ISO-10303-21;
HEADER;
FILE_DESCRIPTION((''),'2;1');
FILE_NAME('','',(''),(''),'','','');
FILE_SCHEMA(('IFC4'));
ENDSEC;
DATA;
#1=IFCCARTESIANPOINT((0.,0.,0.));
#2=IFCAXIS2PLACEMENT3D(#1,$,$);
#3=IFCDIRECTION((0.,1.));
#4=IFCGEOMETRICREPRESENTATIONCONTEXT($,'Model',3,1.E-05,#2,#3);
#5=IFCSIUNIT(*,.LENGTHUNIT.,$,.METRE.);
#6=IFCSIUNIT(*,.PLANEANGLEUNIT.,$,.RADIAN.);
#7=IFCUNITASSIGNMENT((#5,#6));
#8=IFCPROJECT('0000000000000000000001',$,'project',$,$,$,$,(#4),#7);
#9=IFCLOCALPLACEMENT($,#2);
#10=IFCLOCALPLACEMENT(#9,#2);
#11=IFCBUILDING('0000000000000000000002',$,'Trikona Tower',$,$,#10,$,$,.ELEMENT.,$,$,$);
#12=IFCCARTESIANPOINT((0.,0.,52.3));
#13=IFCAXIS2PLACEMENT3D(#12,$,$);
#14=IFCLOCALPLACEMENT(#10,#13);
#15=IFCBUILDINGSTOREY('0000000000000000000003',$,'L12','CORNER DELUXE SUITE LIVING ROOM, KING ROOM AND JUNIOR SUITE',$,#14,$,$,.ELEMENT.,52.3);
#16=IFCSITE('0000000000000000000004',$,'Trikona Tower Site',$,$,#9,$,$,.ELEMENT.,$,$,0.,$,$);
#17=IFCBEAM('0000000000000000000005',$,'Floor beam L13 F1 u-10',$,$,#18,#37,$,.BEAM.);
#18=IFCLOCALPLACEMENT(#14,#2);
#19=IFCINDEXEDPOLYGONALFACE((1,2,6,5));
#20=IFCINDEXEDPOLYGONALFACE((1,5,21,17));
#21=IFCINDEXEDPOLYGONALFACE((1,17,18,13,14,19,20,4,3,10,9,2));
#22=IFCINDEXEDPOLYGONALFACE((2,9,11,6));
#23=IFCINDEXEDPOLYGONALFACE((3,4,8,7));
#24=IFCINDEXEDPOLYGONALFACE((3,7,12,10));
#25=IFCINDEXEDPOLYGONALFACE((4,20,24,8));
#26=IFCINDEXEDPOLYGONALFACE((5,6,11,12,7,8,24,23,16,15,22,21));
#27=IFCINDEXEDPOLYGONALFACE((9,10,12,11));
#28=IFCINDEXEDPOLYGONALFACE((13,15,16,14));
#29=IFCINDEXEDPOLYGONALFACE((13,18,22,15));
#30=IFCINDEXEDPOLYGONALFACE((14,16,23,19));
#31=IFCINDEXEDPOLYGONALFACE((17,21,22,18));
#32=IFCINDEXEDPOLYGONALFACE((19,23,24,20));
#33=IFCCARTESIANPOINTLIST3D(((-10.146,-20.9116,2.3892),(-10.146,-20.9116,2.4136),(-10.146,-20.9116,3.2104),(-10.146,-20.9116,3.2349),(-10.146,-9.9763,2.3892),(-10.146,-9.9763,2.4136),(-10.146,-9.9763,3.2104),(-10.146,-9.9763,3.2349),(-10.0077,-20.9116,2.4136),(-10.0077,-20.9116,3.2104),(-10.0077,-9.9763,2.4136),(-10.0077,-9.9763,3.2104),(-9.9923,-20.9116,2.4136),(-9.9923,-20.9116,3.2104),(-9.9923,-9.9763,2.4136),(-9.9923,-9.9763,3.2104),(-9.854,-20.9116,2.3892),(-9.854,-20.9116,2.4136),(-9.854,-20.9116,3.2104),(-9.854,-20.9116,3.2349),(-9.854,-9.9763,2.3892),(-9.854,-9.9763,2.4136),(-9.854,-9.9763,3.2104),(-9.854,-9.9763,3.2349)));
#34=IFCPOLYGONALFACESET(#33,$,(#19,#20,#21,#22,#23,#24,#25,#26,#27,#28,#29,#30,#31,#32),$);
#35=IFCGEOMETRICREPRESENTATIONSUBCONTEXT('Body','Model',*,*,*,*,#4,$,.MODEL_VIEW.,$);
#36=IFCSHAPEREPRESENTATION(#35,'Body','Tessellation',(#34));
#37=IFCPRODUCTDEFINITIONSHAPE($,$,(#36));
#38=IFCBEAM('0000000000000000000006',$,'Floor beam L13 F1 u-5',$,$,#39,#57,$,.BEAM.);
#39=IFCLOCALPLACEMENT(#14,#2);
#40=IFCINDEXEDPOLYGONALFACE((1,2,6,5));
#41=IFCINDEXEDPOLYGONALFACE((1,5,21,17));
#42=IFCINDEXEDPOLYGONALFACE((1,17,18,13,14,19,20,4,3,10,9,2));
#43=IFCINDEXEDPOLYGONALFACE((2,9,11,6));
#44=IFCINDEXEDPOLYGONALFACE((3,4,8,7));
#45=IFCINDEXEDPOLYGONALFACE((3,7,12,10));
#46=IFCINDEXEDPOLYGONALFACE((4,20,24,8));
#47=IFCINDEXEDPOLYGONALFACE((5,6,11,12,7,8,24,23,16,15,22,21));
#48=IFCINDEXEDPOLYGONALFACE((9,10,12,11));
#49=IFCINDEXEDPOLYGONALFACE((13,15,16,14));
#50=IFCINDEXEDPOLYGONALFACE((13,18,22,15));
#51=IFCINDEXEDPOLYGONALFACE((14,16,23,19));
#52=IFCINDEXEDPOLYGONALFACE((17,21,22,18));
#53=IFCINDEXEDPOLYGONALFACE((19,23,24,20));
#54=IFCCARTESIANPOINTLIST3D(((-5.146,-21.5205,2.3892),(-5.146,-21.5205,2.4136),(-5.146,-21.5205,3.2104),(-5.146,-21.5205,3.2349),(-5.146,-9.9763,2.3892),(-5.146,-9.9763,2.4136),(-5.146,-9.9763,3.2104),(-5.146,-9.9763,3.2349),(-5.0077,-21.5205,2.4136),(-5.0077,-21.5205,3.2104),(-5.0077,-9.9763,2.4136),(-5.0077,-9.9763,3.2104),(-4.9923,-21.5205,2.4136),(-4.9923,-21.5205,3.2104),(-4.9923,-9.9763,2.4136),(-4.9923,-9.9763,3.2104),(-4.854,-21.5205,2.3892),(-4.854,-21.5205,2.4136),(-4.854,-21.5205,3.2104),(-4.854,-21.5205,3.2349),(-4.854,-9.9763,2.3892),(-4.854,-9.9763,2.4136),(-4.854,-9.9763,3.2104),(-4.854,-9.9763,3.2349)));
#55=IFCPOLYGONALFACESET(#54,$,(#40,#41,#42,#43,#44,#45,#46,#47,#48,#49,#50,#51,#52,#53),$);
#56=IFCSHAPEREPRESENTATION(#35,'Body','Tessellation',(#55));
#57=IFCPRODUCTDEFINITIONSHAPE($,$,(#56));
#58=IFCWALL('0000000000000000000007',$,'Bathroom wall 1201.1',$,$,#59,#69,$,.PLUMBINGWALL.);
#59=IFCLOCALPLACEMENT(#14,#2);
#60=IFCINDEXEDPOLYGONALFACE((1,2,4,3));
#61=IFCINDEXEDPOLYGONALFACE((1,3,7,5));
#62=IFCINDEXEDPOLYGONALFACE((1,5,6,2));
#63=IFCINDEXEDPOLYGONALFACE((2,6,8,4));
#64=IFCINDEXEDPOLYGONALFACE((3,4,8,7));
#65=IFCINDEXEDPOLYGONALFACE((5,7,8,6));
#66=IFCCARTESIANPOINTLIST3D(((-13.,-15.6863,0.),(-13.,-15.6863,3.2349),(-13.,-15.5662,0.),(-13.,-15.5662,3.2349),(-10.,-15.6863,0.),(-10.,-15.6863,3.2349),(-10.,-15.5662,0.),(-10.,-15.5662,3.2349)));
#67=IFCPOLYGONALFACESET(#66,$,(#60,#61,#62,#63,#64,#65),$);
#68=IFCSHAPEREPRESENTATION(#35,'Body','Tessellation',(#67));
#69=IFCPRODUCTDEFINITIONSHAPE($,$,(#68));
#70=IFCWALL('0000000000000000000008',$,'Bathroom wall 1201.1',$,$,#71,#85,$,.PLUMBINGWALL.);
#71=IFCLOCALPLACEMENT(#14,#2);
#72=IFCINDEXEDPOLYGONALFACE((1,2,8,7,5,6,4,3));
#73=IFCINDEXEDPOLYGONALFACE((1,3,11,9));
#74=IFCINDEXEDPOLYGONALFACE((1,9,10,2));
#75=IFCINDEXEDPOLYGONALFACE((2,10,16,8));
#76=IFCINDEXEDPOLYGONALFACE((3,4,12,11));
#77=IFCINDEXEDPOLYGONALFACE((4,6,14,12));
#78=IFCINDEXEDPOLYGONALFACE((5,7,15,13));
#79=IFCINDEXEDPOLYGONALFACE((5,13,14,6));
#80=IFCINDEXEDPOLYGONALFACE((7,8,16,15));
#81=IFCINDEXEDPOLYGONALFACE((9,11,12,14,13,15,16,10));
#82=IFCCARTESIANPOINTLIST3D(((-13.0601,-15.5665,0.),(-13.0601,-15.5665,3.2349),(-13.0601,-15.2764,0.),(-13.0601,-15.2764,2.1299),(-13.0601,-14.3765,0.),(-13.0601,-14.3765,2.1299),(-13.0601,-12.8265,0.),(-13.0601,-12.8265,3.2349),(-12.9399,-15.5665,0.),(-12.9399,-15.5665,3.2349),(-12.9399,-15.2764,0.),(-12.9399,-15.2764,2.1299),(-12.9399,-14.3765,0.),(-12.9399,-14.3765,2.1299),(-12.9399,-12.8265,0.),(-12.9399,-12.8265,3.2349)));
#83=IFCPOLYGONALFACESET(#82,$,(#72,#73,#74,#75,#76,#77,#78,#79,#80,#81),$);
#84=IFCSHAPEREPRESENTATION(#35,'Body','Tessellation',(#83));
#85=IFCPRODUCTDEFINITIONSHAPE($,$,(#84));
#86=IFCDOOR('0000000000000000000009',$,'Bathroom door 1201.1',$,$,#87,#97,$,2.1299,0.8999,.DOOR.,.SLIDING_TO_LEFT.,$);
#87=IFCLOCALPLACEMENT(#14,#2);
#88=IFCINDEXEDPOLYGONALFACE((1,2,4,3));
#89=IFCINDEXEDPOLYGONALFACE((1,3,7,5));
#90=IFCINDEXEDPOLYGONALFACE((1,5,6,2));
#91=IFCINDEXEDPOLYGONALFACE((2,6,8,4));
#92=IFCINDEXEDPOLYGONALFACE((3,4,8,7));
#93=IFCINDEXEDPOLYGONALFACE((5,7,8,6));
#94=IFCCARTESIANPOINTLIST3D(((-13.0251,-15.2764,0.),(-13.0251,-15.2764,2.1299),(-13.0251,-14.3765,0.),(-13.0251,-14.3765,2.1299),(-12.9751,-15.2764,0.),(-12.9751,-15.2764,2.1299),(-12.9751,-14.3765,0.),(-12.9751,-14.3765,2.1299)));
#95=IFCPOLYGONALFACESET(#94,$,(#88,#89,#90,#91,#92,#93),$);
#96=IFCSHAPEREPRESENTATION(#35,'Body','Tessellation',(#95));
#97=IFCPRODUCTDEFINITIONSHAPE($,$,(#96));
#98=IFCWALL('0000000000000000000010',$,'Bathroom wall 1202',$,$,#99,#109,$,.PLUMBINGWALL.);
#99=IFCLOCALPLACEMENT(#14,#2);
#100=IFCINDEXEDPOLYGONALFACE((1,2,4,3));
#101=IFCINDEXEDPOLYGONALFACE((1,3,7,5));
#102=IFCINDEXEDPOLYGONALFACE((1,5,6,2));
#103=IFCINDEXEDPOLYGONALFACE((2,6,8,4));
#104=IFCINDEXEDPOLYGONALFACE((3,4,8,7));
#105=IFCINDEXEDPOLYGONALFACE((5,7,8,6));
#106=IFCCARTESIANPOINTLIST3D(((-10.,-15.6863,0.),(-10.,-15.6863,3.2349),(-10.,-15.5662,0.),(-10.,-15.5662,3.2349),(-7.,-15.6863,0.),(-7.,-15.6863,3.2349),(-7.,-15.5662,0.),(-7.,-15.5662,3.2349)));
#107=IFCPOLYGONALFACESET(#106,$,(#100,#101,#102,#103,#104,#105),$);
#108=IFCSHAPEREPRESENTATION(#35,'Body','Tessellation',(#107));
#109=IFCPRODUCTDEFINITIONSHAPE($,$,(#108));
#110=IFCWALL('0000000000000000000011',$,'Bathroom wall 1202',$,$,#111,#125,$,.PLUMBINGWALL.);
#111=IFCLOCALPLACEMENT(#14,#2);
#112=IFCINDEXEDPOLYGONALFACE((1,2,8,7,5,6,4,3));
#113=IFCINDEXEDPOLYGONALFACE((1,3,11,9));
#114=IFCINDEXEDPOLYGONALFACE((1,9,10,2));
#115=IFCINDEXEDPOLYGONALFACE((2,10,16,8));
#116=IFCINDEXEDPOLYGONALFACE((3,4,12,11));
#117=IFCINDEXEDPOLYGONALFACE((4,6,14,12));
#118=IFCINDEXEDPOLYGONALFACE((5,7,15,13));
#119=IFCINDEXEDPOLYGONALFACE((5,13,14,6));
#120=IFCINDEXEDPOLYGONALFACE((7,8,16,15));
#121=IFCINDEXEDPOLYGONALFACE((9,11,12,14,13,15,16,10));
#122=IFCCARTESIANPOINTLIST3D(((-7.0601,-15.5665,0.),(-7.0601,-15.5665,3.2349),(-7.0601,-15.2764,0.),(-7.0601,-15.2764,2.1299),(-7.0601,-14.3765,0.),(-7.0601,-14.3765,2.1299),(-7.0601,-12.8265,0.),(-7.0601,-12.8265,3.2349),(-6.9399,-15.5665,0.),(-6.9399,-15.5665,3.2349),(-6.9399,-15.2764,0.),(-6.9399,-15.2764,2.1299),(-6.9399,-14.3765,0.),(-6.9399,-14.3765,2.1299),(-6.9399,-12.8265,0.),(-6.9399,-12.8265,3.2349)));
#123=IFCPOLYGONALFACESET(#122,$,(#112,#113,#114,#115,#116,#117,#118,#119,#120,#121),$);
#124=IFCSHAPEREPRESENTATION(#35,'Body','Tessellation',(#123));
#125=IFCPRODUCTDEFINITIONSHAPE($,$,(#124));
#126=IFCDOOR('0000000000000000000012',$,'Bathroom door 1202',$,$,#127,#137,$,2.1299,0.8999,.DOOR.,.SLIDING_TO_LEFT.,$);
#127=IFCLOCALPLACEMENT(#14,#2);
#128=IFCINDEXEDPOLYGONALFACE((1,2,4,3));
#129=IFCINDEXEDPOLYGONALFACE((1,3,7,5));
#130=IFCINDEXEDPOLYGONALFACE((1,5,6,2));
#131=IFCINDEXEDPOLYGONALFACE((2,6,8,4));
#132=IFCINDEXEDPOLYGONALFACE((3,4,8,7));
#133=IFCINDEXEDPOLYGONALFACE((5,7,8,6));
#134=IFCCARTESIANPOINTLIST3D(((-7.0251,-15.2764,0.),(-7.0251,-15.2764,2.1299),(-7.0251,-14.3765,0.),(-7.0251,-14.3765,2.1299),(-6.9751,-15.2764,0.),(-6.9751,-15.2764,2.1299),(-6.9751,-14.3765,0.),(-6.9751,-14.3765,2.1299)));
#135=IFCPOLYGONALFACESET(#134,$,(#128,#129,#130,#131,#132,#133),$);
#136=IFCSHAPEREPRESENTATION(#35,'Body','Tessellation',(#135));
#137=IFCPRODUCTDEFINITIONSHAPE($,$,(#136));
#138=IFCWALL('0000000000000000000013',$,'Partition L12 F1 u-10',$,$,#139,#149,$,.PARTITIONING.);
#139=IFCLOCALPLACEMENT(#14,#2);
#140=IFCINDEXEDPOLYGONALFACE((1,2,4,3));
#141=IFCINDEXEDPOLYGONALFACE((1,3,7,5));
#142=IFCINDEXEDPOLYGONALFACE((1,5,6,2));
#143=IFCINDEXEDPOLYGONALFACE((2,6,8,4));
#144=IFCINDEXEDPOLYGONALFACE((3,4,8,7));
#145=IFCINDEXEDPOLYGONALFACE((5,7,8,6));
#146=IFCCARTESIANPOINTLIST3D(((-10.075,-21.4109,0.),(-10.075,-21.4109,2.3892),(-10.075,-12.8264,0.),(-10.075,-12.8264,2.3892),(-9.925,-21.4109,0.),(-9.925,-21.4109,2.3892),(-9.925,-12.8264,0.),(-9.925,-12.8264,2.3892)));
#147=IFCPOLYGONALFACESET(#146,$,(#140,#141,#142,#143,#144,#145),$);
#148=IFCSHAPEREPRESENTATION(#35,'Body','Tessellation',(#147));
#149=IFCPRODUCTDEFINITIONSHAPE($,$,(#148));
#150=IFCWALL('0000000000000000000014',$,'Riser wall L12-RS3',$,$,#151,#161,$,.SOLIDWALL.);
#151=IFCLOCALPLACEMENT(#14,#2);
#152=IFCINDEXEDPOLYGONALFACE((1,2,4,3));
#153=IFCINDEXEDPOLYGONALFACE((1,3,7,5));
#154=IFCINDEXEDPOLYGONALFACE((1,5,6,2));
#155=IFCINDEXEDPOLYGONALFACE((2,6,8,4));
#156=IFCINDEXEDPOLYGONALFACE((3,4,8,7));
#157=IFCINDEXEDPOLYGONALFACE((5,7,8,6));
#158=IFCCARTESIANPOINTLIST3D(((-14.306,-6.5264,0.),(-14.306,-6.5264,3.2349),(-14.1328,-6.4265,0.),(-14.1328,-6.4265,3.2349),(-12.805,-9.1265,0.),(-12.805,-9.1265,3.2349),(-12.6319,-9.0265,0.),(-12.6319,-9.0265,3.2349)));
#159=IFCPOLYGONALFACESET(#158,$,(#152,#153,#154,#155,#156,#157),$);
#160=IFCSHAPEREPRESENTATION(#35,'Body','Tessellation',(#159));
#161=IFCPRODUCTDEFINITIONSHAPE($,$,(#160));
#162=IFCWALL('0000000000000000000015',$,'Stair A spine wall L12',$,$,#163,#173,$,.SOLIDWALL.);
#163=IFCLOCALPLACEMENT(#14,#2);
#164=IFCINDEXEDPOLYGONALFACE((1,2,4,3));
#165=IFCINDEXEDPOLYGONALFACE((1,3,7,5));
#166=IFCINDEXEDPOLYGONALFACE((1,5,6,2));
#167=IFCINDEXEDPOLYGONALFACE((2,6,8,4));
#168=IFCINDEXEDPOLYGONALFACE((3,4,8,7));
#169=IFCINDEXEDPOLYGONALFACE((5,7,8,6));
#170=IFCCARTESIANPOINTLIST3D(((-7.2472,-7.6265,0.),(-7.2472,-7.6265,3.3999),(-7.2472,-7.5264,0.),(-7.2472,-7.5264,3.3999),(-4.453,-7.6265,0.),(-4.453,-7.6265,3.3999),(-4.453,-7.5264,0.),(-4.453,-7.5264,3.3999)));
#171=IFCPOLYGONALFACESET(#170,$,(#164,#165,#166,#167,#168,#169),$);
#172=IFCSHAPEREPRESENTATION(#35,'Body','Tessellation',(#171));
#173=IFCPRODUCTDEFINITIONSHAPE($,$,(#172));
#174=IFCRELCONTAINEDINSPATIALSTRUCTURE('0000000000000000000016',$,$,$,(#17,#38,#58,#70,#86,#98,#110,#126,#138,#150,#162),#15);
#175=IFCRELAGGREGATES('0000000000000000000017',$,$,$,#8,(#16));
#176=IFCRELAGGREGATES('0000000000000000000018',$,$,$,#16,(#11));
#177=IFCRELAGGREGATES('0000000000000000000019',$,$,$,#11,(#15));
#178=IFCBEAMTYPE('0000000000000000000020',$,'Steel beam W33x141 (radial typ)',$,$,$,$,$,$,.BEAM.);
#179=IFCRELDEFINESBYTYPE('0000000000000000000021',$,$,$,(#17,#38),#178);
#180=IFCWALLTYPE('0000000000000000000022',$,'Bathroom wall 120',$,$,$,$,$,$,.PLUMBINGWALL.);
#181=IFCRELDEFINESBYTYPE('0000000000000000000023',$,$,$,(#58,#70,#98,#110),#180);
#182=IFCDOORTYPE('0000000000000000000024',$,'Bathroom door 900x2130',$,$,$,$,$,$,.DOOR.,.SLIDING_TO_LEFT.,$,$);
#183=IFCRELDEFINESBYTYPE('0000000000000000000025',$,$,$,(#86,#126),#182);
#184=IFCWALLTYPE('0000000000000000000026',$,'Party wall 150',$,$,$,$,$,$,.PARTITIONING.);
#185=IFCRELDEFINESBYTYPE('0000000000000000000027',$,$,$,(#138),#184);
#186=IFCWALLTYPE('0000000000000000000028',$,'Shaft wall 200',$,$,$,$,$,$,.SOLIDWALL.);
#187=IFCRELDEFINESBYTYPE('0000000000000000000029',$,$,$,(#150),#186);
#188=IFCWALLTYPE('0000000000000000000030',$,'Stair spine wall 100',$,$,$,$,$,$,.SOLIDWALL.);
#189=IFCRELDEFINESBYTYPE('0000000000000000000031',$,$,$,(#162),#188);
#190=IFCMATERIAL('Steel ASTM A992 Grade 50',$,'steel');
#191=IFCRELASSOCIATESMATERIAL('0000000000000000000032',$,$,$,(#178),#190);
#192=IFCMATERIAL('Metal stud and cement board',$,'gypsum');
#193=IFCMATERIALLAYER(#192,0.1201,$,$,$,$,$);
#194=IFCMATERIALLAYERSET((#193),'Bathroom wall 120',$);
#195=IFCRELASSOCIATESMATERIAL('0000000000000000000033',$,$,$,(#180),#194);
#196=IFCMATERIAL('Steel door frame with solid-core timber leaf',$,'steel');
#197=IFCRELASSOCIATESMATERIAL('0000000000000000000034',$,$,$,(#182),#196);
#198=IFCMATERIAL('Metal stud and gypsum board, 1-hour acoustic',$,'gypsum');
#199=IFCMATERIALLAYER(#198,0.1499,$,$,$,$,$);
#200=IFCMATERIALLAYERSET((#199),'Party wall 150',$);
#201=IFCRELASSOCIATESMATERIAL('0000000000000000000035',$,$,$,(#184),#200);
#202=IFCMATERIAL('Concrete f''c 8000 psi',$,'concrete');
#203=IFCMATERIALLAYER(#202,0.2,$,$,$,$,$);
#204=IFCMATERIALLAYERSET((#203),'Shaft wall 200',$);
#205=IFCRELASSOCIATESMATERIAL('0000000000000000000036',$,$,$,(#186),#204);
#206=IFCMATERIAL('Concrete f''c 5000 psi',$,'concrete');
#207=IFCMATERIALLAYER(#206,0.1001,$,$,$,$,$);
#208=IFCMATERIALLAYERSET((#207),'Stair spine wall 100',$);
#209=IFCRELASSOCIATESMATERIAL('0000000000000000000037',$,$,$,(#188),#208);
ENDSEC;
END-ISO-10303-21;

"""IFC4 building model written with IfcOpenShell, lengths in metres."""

from ifc_helpers import new_model, si_unit, direction, frame, frame_2d, origin, origin_2d, place, context, subcontext, project, spatial, rectangle, i_section, extrude, material, layer, layer_set, material_profile, profile_set, type_object, element, fill, save


model = new_model("IFC4")

# Units and contexts
model_context = context("Model", 3, precision=1e-05, world=origin(), true_north=direction((0.0, 1.0)))
body_context = subcontext(model_context, "Body", "Model", "MODEL_VIEW")
ifc_project = project(units=[si_unit("LENGTHUNIT", "METRE"), si_unit("PLANEANGLEUNIT", "RADIAN")], contexts=[model_context])

# Site, building, storey
site_placement = place(None, origin())
site = spatial("IfcSite", under=ifc_project, at=site_placement, Name="Trikona Tower Site", CompositionType="ELEMENT", RefElevation=0.0)
building_placement = place(site_placement, origin())
building = spatial("IfcBuilding", under=site, at=building_placement, Name="Trikona Tower", CompositionType="ELEMENT")
storey_placement = place(building_placement, frame((0.0, 0.0, 52.3)))
storey = spatial("IfcBuildingStorey", under=building, at=storey_placement, Name="L12", Description="CORNER DELUXE SUITE LIVING ROOM, KING ROOM AND JUNIOR SUITE", CompositionType="ELEMENT", Elevation=52.3)

# Beams
ifc_material_1 = material(Name="Steel ASTM A992 Grade 50", Category="steel")
ifc_material_profile = material_profile(ifc_material_1, i_section(OverallWidth=0.292, OverallDepth=0.8457, WebThickness=0.0154, FlangeThickness=0.0244, at=origin_2d()), Name="W33X141")
ifc_profile_set = profile_set([ifc_material_profile], Name="Steel ASTM A992 Grade 50")
beam_type = type_object("IfcBeamType", Name="Steel beam W33x141 (radial typ)", PredefinedType="BEAM", material=ifc_profile_set)
beam_1_placement = place(storey_placement, frame((-10.0, -9.9763, 2.812), z_axis=(0.0, -1.0, 0.0), x_axis=(1.0, 0.0, 0.0)))
element("IfcBeam", 1, at=beam_1_placement, inside=storey, type_object=beam_type, Name="Floor beam L13 F1 u-10", PredefinedType="BEAM", context=body_context, shape_type="SweptSolid", body=[
    extrude(i_section(OverallWidth=0.292, OverallDepth=0.8457, WebThickness=0.0154, FlangeThickness=0.0244, at=origin_2d()), origin(), (0.0, 0.0, 1.0), 10.9353),
])
beam_2_placement = place(storey_placement, frame((-5.0, -9.9763, 2.812), z_axis=(0.0, -1.0, 0.0), x_axis=(1.0, 0.0, 0.0)))
element("IfcBeam", 2, at=beam_2_placement, inside=storey, type_object=beam_type, Name="Floor beam L13 F1 u-5", PredefinedType="BEAM", context=body_context, shape_type="SweptSolid", body=[
    extrude(i_section(OverallWidth=0.292, OverallDepth=0.8457, WebThickness=0.0154, FlangeThickness=0.0244, at=origin_2d()), origin(), (0.0, 0.0, 1.0), 11.5442),
])

# Wall
ifc_material_2 = material(Name="Metal stud and cement board", Category="gypsum")
ifc_layer_1 = layer(ifc_material_2, 0.1201)
ifc_layer_set_1 = layer_set([ifc_layer_1], Name="Bathroom wall 120")
wall_type_1 = type_object("IfcWallType", Name="Bathroom wall 120", PredefinedType="PLUMBINGWALL", material=ifc_layer_set_1)
wall_1_placement = place(storey_placement, frame((-13.0, -15.6262, 0.0), z_axis=(0.0, 0.0, 1.0), x_axis=(1.0, 0.0, 0.0)))
element("IfcWall", 3, at=wall_1_placement, inside=storey, type_object=wall_type_1, Name="Bathroom wall 1201.1", PredefinedType="PLUMBINGWALL", context=body_context, shape_type="SweptSolid", body=[
    extrude(rectangle(XDim=3.0, YDim=0.1201, at=frame_2d((1.5, 0.0))), origin(), (0.0, 0.0, 1.0), 3.2349),
])

# Wall, opening, door
wall_2_placement = place(storey_placement, frame((-13.0, -12.8264, 0.0), z_axis=(0.0, 0.0, 1.0), x_axis=(0.0, -1.0, 0.0)))
wall_2 = element("IfcWall", 4, at=wall_2_placement, inside=storey, type_object=wall_type_1, Name="Bathroom wall 1201.1", PredefinedType="PLUMBINGWALL", context=body_context, shape_type="SweptSolid", body=[
    extrude(rectangle(XDim=2.74, YDim=0.1201, at=frame_2d((1.3701, 0.0))), origin(), (0.0, 0.0, 1.0), 3.2349),
])
opening_1_placement = place(wall_2_placement, frame((1.55, 0.0, 0.0)))
opening_1 = element("IfcOpeningElement", 5, at=opening_1_placement, cuts=wall_2, PredefinedType="OPENING", context=body_context, shape_type="SweptSolid", body=[
    extrude(rectangle(XDim=0.8999, YDim=2.1299, at=frame_2d((0.45, 1.0649))), frame((0.0, 0.0701, 0.0), z_axis=(0.0, -1.0, 0.0), x_axis=(1.0, 0.0, 0.0)), (0.0, 0.0, 1.0), 0.1401),
])
ifc_material_3 = material(Name="Steel door frame with solid-core timber leaf", Category="steel")
door_type_1 = type_object("IfcDoorType", Name="Bathroom door 900x2130", OperationType="SLIDING_TO_LEFT", PredefinedType="DOOR", material=ifc_material_3)
door_1_placement = place(opening_1_placement, origin())
door_1 = element("IfcDoor", 6, at=door_1_placement, inside=storey, type_object=door_type_1, Name="Bathroom door 1201.1", OperationType="SLIDING_TO_LEFT", OverallHeight=2.1299, OverallWidth=0.8999, PredefinedType="DOOR", context=body_context, shape_type="SweptSolid", body=[
    extrude(rectangle(XDim=0.8999, YDim=2.1299, at=frame_2d((0.45, 1.0649))), frame((0.0, 0.0249, 0.0), z_axis=(0.0, -1.0, 0.0), x_axis=(1.0, 0.0, 0.0)), (0.0, 0.0, 1.0), 0.05),
])
fill(opening_1, door_1)

# Wall
wall_3_placement = place(storey_placement, frame((-10.0, -15.6262, 0.0), z_axis=(0.0, 0.0, 1.0), x_axis=(1.0, 0.0, 0.0)))
element("IfcWall", 7, at=wall_3_placement, inside=storey, type_object=wall_type_1, Name="Bathroom wall 1202", PredefinedType="PLUMBINGWALL", context=body_context, shape_type="SweptSolid", body=[
    extrude(rectangle(XDim=3.0, YDim=0.1201, at=frame_2d((1.5, 0.0))), origin(), (0.0, 0.0, 1.0), 3.2349),
])

# Wall, opening, door
wall_4_placement = place(storey_placement, frame((-7.0, -12.8264, 0.0), z_axis=(0.0, 0.0, 1.0), x_axis=(0.0, -1.0, 0.0)))
wall_4 = element("IfcWall", 8, at=wall_4_placement, inside=storey, type_object=wall_type_1, Name="Bathroom wall 1202", PredefinedType="PLUMBINGWALL", context=body_context, shape_type="SweptSolid", body=[
    extrude(rectangle(XDim=2.74, YDim=0.1201, at=frame_2d((1.3701, 0.0))), origin(), (0.0, 0.0, 1.0), 3.2349),
])
opening_2_placement = place(wall_4_placement, frame((1.55, 0.0, 0.0)))
opening_2 = element("IfcOpeningElement", 9, at=opening_2_placement, cuts=wall_4, PredefinedType="OPENING", context=body_context, shape_type="SweptSolid", body=[
    extrude(rectangle(XDim=0.8999, YDim=2.1299, at=frame_2d((0.45, 1.0649))), frame((0.0, 0.0701, 0.0), z_axis=(0.0, -1.0, 0.0), x_axis=(1.0, 0.0, 0.0)), (0.0, 0.0, 1.0), 0.1401),
])
door_2_placement = place(opening_2_placement, origin())
door_2 = element("IfcDoor", 10, at=door_2_placement, inside=storey, type_object=door_type_1, Name="Bathroom door 1202", OperationType="SLIDING_TO_LEFT", OverallHeight=2.1299, OverallWidth=0.8999, PredefinedType="DOOR", context=body_context, shape_type="SweptSolid", body=[
    extrude(rectangle(XDim=0.8999, YDim=2.1299, at=frame_2d((0.45, 1.0649))), frame((0.0, 0.0249, 0.0), z_axis=(0.0, -1.0, 0.0), x_axis=(1.0, 0.0, 0.0)), (0.0, 0.0, 1.0), 0.05),
])
fill(opening_2, door_2)

# Walls
ifc_material_4 = material(Name="Metal stud and gypsum board, 1-hour acoustic", Category="gypsum")
ifc_layer_2 = layer(ifc_material_4, 0.1499)
ifc_layer_set_2 = layer_set([ifc_layer_2], Name="Party wall 150")
wall_type_2 = type_object("IfcWallType", Name="Party wall 150", PredefinedType="PARTITIONING", material=ifc_layer_set_2)
wall_5_placement = place(storey_placement, frame((-10.0, -12.8264, 0.0), z_axis=(0.0, 0.0, 1.0), x_axis=(0.0, -1.0, 0.0)))
element("IfcWall", 11, at=wall_5_placement, inside=storey, type_object=wall_type_2, Name="Partition L12 F1 u-10", PredefinedType="PARTITIONING", context=body_context, shape_type="SweptSolid", body=[
    extrude(rectangle(XDim=8.5845, YDim=0.1499, at=frame_2d((4.2922, 0.0))), origin(), (0.0, 0.0, 1.0), 2.3892),
])
ifc_material_5 = material(Name="Concrete f'c 8000 psi", Category="concrete")
ifc_layer_3 = layer(ifc_material_5, 0.2)
ifc_layer_set_3 = layer_set([ifc_layer_3], Name="Shaft wall 200")
wall_type_3 = type_object("IfcWallType", Name="Shaft wall 200", PredefinedType="SOLIDWALL", material=ifc_layer_set_3)
wall_6_placement = place(storey_placement, frame((-12.7185, -9.0764, 0.0), z_axis=(0.0, 0.0, 1.0), x_axis=(-0.499952, 0.866053, 0.0)))
element("IfcWall", 12, at=wall_6_placement, inside=storey, type_object=wall_type_3, Name="Riser wall L12-RS3", PredefinedType="SOLIDWALL", context=body_context, shape_type="SweptSolid", body=[
    extrude(rectangle(XDim=3.0022, YDim=0.2, at=frame_2d((1.501, 0.0))), origin(), (0.0, 0.0, 1.0), 3.2349),
])
ifc_material_6 = material(Name="Concrete f'c 5000 psi", Category="concrete")
ifc_layer_4 = layer(ifc_material_6, 0.1001)
ifc_layer_set_4 = layer_set([ifc_layer_4], Name="Stair spine wall 100")
wall_type_4 = type_object("IfcWallType", Name="Stair spine wall 100", PredefinedType="SOLIDWALL", material=ifc_layer_set_4)
wall_7_placement = place(storey_placement, frame((-7.2471, -7.5764, 0.0), z_axis=(0.0, 0.0, 1.0), x_axis=(1.0, 0.0, 0.0)))
element("IfcWall", 13, at=wall_7_placement, inside=storey, type_object=wall_type_4, Name="Stair A spine wall L12", PredefinedType="SOLIDWALL", context=body_context, shape_type="SweptSolid", body=[
    extrude(rectangle(XDim=2.7942, YDim=0.1001, at=frame_2d((1.397, 0.0))), origin(), (0.0, 0.0, 1.0), 3.3999),
])

save(model, "model.ifc")
